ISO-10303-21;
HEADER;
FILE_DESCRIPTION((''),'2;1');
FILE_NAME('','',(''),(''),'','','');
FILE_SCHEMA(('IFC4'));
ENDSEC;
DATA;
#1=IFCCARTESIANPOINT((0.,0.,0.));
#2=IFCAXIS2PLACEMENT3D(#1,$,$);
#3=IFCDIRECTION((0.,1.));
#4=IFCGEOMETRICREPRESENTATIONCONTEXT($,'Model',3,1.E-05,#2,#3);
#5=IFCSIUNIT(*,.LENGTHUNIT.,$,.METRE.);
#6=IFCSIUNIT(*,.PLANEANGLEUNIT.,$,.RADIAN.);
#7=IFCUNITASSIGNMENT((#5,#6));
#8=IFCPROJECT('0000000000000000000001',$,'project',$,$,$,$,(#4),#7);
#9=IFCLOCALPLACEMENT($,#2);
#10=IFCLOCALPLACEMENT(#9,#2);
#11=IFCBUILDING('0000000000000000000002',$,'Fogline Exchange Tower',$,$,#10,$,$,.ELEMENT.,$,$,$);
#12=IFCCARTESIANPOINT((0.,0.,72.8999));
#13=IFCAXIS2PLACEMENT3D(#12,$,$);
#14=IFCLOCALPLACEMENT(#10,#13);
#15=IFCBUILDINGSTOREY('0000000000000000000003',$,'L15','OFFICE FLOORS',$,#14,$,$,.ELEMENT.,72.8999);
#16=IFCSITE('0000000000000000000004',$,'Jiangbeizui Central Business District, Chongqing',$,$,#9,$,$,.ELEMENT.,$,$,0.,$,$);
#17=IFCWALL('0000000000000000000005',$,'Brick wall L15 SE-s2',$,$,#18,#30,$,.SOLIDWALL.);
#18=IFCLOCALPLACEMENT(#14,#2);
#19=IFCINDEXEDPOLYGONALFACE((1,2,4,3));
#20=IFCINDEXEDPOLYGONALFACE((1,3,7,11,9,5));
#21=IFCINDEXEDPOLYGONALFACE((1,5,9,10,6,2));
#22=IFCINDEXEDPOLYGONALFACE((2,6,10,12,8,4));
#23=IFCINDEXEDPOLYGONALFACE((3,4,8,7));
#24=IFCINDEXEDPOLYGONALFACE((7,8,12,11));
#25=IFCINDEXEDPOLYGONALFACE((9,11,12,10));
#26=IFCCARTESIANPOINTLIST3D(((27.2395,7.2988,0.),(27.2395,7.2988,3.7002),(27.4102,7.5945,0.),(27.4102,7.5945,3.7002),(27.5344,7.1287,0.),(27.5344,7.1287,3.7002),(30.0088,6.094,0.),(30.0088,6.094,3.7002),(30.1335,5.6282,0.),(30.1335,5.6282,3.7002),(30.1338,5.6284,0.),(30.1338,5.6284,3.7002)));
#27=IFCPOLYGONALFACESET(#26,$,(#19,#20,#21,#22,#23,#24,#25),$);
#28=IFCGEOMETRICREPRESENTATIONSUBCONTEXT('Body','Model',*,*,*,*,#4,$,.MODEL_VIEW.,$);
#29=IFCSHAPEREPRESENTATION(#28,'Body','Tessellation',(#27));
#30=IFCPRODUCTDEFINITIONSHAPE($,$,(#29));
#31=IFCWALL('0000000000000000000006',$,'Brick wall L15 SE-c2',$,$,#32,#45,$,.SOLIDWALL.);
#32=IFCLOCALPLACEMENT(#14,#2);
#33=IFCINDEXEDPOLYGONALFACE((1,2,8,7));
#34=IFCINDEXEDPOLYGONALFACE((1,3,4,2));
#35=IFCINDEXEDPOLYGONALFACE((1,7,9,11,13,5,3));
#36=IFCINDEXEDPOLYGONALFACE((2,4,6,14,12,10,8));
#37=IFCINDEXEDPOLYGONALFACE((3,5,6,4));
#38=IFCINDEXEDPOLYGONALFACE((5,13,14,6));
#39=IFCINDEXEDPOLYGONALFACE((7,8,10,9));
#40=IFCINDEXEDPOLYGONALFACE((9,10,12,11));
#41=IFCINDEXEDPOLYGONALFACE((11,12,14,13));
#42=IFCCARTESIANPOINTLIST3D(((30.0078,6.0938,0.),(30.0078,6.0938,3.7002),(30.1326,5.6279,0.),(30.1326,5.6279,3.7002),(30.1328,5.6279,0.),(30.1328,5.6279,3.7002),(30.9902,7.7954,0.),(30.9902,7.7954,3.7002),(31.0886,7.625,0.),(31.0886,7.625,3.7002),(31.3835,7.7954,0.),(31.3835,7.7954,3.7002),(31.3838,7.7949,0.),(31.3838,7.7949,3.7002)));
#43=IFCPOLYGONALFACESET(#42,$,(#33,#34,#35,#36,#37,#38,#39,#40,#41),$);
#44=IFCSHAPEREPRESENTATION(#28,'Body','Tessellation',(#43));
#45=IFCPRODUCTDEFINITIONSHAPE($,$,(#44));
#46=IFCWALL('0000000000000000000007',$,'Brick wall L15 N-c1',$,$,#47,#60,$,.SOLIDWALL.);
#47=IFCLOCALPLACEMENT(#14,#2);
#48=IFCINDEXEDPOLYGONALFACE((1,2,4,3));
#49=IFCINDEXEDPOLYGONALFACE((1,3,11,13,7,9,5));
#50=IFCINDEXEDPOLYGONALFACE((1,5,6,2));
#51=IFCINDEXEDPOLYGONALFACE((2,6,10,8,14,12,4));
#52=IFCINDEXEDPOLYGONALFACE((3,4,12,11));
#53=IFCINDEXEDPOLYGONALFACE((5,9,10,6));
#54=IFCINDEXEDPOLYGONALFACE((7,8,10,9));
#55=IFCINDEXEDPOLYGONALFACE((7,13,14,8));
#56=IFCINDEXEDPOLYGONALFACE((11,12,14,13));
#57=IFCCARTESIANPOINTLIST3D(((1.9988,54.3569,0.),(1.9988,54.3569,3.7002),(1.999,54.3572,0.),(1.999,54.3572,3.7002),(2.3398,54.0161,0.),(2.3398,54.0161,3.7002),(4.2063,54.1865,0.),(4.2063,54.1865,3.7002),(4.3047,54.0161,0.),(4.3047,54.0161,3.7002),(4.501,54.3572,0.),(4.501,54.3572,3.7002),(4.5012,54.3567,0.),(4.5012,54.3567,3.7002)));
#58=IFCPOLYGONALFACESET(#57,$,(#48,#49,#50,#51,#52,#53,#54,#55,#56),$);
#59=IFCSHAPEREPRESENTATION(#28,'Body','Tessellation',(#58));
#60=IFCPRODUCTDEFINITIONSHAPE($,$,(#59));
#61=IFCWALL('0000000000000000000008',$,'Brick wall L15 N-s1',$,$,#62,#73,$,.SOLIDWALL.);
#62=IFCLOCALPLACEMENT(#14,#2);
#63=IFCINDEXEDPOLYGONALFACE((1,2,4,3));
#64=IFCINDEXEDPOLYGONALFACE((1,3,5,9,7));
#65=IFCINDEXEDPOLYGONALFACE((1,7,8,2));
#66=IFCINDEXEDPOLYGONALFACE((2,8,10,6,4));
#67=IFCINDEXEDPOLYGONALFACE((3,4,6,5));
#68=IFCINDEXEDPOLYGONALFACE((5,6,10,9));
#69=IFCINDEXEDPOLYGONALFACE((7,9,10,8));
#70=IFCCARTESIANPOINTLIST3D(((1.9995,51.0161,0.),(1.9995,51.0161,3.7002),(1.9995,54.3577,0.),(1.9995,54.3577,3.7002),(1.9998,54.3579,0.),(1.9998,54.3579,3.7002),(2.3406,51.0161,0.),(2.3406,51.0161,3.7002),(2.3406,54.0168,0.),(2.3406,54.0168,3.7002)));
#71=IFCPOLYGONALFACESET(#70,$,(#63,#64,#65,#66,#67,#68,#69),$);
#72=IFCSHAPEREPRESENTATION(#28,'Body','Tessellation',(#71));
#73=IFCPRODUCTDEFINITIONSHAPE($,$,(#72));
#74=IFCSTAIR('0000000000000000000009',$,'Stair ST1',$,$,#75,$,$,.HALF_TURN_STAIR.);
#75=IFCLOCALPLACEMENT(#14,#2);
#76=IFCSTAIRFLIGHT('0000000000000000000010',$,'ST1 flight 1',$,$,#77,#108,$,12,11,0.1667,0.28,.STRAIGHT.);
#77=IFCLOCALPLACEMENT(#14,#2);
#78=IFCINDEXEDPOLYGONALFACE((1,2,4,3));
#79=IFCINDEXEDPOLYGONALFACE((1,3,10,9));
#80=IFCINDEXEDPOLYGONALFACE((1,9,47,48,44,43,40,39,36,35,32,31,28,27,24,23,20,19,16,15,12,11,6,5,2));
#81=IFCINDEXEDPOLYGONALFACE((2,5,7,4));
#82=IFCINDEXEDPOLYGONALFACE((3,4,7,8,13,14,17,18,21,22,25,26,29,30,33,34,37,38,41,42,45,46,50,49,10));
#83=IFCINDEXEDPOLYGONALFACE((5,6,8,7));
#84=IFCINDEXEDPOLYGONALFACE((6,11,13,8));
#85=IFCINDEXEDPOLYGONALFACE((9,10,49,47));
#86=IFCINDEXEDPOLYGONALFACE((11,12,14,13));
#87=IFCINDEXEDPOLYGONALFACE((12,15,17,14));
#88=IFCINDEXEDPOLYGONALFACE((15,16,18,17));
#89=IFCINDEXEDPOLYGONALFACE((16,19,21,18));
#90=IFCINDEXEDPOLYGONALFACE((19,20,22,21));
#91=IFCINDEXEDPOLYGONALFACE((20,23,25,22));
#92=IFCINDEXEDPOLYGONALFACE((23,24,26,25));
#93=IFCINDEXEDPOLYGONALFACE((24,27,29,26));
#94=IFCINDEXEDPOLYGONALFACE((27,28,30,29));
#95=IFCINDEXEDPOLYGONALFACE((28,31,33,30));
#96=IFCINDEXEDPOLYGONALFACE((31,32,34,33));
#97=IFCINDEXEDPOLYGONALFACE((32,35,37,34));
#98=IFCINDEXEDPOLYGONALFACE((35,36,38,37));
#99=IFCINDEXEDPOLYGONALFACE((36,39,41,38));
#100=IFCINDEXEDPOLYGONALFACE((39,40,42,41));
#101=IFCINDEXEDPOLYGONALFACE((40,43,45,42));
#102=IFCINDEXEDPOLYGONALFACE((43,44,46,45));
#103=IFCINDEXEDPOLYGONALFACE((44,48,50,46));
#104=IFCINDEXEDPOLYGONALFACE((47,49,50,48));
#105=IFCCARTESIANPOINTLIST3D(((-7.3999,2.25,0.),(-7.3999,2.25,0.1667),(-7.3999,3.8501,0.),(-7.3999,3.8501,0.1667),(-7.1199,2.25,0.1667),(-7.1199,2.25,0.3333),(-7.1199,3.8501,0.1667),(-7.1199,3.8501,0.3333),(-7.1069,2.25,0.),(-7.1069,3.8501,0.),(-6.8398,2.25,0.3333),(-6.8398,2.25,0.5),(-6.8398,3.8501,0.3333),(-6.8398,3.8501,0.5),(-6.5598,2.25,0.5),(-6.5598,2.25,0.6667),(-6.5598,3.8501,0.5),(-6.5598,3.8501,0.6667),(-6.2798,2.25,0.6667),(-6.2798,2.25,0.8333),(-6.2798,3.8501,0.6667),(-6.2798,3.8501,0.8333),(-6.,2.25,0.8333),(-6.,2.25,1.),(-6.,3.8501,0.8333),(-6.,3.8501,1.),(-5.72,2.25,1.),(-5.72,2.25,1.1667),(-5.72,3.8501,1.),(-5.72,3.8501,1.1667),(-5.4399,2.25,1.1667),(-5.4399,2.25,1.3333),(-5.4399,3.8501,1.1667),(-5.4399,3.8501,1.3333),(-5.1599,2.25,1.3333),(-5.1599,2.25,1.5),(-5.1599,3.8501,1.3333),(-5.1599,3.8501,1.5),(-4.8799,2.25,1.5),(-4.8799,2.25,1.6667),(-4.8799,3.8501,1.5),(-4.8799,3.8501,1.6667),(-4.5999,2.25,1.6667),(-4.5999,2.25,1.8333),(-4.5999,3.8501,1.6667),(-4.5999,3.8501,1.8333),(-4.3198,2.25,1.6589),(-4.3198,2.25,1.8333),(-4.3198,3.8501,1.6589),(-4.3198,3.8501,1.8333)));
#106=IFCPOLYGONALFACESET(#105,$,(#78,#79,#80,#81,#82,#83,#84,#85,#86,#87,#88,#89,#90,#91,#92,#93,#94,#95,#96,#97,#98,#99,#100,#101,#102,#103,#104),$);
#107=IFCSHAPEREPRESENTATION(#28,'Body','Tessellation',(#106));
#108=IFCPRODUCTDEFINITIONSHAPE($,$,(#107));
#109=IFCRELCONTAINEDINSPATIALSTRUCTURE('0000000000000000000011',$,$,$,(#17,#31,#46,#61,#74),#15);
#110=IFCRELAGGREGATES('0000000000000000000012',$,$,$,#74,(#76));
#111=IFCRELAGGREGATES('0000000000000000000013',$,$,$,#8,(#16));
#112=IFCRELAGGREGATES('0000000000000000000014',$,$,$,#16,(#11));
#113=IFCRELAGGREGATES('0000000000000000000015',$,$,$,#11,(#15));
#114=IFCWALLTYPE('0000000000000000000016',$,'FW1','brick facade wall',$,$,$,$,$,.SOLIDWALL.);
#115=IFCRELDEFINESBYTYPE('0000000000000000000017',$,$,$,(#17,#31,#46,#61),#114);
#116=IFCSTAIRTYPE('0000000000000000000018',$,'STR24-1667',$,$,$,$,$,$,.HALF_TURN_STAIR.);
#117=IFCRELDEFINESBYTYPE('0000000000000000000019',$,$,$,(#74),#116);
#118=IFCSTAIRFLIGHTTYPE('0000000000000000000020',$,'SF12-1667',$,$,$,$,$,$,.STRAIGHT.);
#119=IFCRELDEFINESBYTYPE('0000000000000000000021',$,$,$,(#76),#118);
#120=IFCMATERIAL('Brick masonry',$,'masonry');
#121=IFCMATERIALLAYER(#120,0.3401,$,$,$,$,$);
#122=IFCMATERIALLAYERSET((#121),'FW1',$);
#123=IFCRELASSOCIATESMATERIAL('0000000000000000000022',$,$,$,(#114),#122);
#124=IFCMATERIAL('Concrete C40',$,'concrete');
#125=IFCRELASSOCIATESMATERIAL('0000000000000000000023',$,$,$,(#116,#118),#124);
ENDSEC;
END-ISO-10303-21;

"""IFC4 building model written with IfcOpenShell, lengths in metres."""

from ifc_helpers import new_model, si_unit, direction, frame, origin, place, context, subcontext, project, spatial, polyline, outline, extrude, material, layer, layer_set, type_object, element, aggregate, save


model = new_model("IFC4")

# Units and contexts
model_context = context("Model", 3, precision=1e-05, world=origin(), true_north=direction((0.0, 1.0)))
body_context = subcontext(model_context, "Body", "Model", "MODEL_VIEW")
ifc_project = project(units=[si_unit("LENGTHUNIT", "METRE"), si_unit("PLANEANGLEUNIT", "RADIAN")], contexts=[model_context])

# Site, building, storey
site_placement = place(None, origin())
site = spatial("IfcSite", under=ifc_project, at=site_placement, Name="Jiangbeizui Central Business District, Chongqing", CompositionType="ELEMENT", RefElevation=0.0)
building_placement = place(site_placement, origin())
building = spatial("IfcBuilding", under=site, at=building_placement, Name="Fogline Exchange Tower", CompositionType="ELEMENT")
storey_placement = place(building_placement, frame((0.0, 0.0, 72.8999)))
storey = spatial("IfcBuildingStorey", under=building, at=storey_placement, Name="L15", Description="OFFICE FLOORS", CompositionType="ELEMENT", Elevation=72.8999)

# Shared definitions
ifc_material_1 = material(Name="Concrete C40", Category="concrete")

# Walls
ifc_material_2 = material(Name="Brick masonry", Category="masonry")
ifc_layer_1 = layer(ifc_material_2, 0.3401)
ifc_layer_set_1 = layer_set([ifc_layer_1], Name="FW1")
wall_type_1 = type_object("IfcWallType", Name="FW1", Description="brick facade wall", PredefinedType="SOLIDWALL", material=ifc_layer_set_1)
wall_1_placement = place(storey_placement, origin())
element("IfcWall", 1, at=wall_1_placement, inside=storey, type_object=wall_type_1, Name="Brick wall L15 SE-s2", PredefinedType="SOLIDWALL", context=body_context, shape_type="SweptSolid", body=[
    extrude(outline(polyline([(30.1335, 5.6282), (27.5344, 7.1287), (27.2395, 7.2988), (27.4102, 7.5945), (30.0088, 6.094), (30.1338, 5.6284), (30.1335, 5.6282)])), origin(), (0.0, 0.0, 1.0), 3.7002),
])
wall_2_placement = place(storey_placement, origin())
element("IfcWall", 2, at=wall_2_placement, inside=storey, type_object=wall_type_1, Name="Brick wall L15 SE-c2", PredefinedType="SOLIDWALL", context=body_context, shape_type="SweptSolid", body=[
    extrude(outline(polyline([(30.9902, 7.7954), (31.0886, 7.625), (31.3835, 7.7954), (31.3838, 7.7949), (30.1328, 5.6279), (30.1326, 5.6279), (30.0078, 6.0938), (30.9902, 7.7954)])), origin(), (0.0, 0.0, 1.0), 3.7002),
])
wall_3_placement = place(storey_placement, origin())
element("IfcWall", 3, at=wall_3_placement, inside=storey, type_object=wall_type_1, Name="Brick wall L15 N-c1", PredefinedType="SOLIDWALL", context=body_context, shape_type="SweptSolid", body=[
    extrude(outline(polyline([(1.999, 54.3572), (4.501, 54.3572), (4.5012, 54.3567), (4.2063, 54.1865), (4.3047, 54.0161), (2.3398, 54.0161), (1.9988, 54.3569), (1.999, 54.3572)])), origin(), (0.0, 0.0, 1.0), 3.7002),
])
wall_4_placement = place(storey_placement, origin())
element("IfcWall", 4, at=wall_4_placement, inside=storey, type_object=wall_type_1, Name="Brick wall L15 N-s1", PredefinedType="SOLIDWALL", context=body_context, shape_type="SweptSolid", body=[
    extrude(outline(polyline([(2.3406, 51.0161), (1.9995, 51.0161), (1.9995, 54.3577), (1.9998, 54.3579), (2.3406, 54.0168), (2.3406, 51.0161)])), origin(), (0.0, 0.0, 1.0), 3.7002),
])

# Stair, stair flight
stair_type = type_object("IfcStairType", Name="STR24-1667", PredefinedType="HALF_TURN_STAIR", material=ifc_material_1)
stair_placement = place(storey_placement, origin())
stair = element("IfcStair", 5, at=stair_placement, inside=storey, type_object=stair_type, Name="Stair ST1", PredefinedType="HALF_TURN_STAIR")
stair_flight_type = type_object("IfcStairFlightType", Name="SF12-1667", PredefinedType="STRAIGHT", material=ifc_material_1)
stair_flight_placement = place(storey_placement, frame((-7.3999, 3.05, 0.0), z_axis=(0.0, 0.0, 1.0), x_axis=(1.0, 0.0, 0.0)))
stair_flight = element("IfcStairFlight", 6, at=stair_flight_placement, type_object=stair_flight_type, Name="ST1 flight 1", NumberOfRisers=12, NumberOfTreads=11, PredefinedType="STRAIGHT", RiserHeight=0.1667, TreadLength=0.28, context=body_context, shape_type="SweptSolid", body=[
    extrude(outline(polyline([(0.0, 0.0), (0.0, 0.1667), (0.28, 0.1667), (0.28, 0.3333), (0.5601, 0.3333), (0.5601, 0.5), (0.8401, 0.5), (0.8401, 0.6667), (1.1201, 0.6667), (1.1201, 0.8333), (1.3999, 0.8333), (1.3999, 1.0), (1.6799, 1.0), (1.6799, 1.1667), (1.96, 1.1667), (1.96, 1.3333), (2.24, 1.3333), (2.24, 1.5), (2.52, 1.5), (2.52, 1.6667), (2.8, 1.6667), (2.8, 1.8333), (3.0801, 1.8333), (3.0801, 2.0), (3.0801, 1.6589), (0.293, 0.0), (0.0, 0.0)])), frame((0.0, 0.8, 0.0), z_axis=(0.0, -1.0, 0.0), x_axis=(1.0, 0.0, 0.0)), (0.0, 0.0, 1.0), 1.6001),
])
aggregate(stair, [stair_flight])

save(model, "model.ifc")
